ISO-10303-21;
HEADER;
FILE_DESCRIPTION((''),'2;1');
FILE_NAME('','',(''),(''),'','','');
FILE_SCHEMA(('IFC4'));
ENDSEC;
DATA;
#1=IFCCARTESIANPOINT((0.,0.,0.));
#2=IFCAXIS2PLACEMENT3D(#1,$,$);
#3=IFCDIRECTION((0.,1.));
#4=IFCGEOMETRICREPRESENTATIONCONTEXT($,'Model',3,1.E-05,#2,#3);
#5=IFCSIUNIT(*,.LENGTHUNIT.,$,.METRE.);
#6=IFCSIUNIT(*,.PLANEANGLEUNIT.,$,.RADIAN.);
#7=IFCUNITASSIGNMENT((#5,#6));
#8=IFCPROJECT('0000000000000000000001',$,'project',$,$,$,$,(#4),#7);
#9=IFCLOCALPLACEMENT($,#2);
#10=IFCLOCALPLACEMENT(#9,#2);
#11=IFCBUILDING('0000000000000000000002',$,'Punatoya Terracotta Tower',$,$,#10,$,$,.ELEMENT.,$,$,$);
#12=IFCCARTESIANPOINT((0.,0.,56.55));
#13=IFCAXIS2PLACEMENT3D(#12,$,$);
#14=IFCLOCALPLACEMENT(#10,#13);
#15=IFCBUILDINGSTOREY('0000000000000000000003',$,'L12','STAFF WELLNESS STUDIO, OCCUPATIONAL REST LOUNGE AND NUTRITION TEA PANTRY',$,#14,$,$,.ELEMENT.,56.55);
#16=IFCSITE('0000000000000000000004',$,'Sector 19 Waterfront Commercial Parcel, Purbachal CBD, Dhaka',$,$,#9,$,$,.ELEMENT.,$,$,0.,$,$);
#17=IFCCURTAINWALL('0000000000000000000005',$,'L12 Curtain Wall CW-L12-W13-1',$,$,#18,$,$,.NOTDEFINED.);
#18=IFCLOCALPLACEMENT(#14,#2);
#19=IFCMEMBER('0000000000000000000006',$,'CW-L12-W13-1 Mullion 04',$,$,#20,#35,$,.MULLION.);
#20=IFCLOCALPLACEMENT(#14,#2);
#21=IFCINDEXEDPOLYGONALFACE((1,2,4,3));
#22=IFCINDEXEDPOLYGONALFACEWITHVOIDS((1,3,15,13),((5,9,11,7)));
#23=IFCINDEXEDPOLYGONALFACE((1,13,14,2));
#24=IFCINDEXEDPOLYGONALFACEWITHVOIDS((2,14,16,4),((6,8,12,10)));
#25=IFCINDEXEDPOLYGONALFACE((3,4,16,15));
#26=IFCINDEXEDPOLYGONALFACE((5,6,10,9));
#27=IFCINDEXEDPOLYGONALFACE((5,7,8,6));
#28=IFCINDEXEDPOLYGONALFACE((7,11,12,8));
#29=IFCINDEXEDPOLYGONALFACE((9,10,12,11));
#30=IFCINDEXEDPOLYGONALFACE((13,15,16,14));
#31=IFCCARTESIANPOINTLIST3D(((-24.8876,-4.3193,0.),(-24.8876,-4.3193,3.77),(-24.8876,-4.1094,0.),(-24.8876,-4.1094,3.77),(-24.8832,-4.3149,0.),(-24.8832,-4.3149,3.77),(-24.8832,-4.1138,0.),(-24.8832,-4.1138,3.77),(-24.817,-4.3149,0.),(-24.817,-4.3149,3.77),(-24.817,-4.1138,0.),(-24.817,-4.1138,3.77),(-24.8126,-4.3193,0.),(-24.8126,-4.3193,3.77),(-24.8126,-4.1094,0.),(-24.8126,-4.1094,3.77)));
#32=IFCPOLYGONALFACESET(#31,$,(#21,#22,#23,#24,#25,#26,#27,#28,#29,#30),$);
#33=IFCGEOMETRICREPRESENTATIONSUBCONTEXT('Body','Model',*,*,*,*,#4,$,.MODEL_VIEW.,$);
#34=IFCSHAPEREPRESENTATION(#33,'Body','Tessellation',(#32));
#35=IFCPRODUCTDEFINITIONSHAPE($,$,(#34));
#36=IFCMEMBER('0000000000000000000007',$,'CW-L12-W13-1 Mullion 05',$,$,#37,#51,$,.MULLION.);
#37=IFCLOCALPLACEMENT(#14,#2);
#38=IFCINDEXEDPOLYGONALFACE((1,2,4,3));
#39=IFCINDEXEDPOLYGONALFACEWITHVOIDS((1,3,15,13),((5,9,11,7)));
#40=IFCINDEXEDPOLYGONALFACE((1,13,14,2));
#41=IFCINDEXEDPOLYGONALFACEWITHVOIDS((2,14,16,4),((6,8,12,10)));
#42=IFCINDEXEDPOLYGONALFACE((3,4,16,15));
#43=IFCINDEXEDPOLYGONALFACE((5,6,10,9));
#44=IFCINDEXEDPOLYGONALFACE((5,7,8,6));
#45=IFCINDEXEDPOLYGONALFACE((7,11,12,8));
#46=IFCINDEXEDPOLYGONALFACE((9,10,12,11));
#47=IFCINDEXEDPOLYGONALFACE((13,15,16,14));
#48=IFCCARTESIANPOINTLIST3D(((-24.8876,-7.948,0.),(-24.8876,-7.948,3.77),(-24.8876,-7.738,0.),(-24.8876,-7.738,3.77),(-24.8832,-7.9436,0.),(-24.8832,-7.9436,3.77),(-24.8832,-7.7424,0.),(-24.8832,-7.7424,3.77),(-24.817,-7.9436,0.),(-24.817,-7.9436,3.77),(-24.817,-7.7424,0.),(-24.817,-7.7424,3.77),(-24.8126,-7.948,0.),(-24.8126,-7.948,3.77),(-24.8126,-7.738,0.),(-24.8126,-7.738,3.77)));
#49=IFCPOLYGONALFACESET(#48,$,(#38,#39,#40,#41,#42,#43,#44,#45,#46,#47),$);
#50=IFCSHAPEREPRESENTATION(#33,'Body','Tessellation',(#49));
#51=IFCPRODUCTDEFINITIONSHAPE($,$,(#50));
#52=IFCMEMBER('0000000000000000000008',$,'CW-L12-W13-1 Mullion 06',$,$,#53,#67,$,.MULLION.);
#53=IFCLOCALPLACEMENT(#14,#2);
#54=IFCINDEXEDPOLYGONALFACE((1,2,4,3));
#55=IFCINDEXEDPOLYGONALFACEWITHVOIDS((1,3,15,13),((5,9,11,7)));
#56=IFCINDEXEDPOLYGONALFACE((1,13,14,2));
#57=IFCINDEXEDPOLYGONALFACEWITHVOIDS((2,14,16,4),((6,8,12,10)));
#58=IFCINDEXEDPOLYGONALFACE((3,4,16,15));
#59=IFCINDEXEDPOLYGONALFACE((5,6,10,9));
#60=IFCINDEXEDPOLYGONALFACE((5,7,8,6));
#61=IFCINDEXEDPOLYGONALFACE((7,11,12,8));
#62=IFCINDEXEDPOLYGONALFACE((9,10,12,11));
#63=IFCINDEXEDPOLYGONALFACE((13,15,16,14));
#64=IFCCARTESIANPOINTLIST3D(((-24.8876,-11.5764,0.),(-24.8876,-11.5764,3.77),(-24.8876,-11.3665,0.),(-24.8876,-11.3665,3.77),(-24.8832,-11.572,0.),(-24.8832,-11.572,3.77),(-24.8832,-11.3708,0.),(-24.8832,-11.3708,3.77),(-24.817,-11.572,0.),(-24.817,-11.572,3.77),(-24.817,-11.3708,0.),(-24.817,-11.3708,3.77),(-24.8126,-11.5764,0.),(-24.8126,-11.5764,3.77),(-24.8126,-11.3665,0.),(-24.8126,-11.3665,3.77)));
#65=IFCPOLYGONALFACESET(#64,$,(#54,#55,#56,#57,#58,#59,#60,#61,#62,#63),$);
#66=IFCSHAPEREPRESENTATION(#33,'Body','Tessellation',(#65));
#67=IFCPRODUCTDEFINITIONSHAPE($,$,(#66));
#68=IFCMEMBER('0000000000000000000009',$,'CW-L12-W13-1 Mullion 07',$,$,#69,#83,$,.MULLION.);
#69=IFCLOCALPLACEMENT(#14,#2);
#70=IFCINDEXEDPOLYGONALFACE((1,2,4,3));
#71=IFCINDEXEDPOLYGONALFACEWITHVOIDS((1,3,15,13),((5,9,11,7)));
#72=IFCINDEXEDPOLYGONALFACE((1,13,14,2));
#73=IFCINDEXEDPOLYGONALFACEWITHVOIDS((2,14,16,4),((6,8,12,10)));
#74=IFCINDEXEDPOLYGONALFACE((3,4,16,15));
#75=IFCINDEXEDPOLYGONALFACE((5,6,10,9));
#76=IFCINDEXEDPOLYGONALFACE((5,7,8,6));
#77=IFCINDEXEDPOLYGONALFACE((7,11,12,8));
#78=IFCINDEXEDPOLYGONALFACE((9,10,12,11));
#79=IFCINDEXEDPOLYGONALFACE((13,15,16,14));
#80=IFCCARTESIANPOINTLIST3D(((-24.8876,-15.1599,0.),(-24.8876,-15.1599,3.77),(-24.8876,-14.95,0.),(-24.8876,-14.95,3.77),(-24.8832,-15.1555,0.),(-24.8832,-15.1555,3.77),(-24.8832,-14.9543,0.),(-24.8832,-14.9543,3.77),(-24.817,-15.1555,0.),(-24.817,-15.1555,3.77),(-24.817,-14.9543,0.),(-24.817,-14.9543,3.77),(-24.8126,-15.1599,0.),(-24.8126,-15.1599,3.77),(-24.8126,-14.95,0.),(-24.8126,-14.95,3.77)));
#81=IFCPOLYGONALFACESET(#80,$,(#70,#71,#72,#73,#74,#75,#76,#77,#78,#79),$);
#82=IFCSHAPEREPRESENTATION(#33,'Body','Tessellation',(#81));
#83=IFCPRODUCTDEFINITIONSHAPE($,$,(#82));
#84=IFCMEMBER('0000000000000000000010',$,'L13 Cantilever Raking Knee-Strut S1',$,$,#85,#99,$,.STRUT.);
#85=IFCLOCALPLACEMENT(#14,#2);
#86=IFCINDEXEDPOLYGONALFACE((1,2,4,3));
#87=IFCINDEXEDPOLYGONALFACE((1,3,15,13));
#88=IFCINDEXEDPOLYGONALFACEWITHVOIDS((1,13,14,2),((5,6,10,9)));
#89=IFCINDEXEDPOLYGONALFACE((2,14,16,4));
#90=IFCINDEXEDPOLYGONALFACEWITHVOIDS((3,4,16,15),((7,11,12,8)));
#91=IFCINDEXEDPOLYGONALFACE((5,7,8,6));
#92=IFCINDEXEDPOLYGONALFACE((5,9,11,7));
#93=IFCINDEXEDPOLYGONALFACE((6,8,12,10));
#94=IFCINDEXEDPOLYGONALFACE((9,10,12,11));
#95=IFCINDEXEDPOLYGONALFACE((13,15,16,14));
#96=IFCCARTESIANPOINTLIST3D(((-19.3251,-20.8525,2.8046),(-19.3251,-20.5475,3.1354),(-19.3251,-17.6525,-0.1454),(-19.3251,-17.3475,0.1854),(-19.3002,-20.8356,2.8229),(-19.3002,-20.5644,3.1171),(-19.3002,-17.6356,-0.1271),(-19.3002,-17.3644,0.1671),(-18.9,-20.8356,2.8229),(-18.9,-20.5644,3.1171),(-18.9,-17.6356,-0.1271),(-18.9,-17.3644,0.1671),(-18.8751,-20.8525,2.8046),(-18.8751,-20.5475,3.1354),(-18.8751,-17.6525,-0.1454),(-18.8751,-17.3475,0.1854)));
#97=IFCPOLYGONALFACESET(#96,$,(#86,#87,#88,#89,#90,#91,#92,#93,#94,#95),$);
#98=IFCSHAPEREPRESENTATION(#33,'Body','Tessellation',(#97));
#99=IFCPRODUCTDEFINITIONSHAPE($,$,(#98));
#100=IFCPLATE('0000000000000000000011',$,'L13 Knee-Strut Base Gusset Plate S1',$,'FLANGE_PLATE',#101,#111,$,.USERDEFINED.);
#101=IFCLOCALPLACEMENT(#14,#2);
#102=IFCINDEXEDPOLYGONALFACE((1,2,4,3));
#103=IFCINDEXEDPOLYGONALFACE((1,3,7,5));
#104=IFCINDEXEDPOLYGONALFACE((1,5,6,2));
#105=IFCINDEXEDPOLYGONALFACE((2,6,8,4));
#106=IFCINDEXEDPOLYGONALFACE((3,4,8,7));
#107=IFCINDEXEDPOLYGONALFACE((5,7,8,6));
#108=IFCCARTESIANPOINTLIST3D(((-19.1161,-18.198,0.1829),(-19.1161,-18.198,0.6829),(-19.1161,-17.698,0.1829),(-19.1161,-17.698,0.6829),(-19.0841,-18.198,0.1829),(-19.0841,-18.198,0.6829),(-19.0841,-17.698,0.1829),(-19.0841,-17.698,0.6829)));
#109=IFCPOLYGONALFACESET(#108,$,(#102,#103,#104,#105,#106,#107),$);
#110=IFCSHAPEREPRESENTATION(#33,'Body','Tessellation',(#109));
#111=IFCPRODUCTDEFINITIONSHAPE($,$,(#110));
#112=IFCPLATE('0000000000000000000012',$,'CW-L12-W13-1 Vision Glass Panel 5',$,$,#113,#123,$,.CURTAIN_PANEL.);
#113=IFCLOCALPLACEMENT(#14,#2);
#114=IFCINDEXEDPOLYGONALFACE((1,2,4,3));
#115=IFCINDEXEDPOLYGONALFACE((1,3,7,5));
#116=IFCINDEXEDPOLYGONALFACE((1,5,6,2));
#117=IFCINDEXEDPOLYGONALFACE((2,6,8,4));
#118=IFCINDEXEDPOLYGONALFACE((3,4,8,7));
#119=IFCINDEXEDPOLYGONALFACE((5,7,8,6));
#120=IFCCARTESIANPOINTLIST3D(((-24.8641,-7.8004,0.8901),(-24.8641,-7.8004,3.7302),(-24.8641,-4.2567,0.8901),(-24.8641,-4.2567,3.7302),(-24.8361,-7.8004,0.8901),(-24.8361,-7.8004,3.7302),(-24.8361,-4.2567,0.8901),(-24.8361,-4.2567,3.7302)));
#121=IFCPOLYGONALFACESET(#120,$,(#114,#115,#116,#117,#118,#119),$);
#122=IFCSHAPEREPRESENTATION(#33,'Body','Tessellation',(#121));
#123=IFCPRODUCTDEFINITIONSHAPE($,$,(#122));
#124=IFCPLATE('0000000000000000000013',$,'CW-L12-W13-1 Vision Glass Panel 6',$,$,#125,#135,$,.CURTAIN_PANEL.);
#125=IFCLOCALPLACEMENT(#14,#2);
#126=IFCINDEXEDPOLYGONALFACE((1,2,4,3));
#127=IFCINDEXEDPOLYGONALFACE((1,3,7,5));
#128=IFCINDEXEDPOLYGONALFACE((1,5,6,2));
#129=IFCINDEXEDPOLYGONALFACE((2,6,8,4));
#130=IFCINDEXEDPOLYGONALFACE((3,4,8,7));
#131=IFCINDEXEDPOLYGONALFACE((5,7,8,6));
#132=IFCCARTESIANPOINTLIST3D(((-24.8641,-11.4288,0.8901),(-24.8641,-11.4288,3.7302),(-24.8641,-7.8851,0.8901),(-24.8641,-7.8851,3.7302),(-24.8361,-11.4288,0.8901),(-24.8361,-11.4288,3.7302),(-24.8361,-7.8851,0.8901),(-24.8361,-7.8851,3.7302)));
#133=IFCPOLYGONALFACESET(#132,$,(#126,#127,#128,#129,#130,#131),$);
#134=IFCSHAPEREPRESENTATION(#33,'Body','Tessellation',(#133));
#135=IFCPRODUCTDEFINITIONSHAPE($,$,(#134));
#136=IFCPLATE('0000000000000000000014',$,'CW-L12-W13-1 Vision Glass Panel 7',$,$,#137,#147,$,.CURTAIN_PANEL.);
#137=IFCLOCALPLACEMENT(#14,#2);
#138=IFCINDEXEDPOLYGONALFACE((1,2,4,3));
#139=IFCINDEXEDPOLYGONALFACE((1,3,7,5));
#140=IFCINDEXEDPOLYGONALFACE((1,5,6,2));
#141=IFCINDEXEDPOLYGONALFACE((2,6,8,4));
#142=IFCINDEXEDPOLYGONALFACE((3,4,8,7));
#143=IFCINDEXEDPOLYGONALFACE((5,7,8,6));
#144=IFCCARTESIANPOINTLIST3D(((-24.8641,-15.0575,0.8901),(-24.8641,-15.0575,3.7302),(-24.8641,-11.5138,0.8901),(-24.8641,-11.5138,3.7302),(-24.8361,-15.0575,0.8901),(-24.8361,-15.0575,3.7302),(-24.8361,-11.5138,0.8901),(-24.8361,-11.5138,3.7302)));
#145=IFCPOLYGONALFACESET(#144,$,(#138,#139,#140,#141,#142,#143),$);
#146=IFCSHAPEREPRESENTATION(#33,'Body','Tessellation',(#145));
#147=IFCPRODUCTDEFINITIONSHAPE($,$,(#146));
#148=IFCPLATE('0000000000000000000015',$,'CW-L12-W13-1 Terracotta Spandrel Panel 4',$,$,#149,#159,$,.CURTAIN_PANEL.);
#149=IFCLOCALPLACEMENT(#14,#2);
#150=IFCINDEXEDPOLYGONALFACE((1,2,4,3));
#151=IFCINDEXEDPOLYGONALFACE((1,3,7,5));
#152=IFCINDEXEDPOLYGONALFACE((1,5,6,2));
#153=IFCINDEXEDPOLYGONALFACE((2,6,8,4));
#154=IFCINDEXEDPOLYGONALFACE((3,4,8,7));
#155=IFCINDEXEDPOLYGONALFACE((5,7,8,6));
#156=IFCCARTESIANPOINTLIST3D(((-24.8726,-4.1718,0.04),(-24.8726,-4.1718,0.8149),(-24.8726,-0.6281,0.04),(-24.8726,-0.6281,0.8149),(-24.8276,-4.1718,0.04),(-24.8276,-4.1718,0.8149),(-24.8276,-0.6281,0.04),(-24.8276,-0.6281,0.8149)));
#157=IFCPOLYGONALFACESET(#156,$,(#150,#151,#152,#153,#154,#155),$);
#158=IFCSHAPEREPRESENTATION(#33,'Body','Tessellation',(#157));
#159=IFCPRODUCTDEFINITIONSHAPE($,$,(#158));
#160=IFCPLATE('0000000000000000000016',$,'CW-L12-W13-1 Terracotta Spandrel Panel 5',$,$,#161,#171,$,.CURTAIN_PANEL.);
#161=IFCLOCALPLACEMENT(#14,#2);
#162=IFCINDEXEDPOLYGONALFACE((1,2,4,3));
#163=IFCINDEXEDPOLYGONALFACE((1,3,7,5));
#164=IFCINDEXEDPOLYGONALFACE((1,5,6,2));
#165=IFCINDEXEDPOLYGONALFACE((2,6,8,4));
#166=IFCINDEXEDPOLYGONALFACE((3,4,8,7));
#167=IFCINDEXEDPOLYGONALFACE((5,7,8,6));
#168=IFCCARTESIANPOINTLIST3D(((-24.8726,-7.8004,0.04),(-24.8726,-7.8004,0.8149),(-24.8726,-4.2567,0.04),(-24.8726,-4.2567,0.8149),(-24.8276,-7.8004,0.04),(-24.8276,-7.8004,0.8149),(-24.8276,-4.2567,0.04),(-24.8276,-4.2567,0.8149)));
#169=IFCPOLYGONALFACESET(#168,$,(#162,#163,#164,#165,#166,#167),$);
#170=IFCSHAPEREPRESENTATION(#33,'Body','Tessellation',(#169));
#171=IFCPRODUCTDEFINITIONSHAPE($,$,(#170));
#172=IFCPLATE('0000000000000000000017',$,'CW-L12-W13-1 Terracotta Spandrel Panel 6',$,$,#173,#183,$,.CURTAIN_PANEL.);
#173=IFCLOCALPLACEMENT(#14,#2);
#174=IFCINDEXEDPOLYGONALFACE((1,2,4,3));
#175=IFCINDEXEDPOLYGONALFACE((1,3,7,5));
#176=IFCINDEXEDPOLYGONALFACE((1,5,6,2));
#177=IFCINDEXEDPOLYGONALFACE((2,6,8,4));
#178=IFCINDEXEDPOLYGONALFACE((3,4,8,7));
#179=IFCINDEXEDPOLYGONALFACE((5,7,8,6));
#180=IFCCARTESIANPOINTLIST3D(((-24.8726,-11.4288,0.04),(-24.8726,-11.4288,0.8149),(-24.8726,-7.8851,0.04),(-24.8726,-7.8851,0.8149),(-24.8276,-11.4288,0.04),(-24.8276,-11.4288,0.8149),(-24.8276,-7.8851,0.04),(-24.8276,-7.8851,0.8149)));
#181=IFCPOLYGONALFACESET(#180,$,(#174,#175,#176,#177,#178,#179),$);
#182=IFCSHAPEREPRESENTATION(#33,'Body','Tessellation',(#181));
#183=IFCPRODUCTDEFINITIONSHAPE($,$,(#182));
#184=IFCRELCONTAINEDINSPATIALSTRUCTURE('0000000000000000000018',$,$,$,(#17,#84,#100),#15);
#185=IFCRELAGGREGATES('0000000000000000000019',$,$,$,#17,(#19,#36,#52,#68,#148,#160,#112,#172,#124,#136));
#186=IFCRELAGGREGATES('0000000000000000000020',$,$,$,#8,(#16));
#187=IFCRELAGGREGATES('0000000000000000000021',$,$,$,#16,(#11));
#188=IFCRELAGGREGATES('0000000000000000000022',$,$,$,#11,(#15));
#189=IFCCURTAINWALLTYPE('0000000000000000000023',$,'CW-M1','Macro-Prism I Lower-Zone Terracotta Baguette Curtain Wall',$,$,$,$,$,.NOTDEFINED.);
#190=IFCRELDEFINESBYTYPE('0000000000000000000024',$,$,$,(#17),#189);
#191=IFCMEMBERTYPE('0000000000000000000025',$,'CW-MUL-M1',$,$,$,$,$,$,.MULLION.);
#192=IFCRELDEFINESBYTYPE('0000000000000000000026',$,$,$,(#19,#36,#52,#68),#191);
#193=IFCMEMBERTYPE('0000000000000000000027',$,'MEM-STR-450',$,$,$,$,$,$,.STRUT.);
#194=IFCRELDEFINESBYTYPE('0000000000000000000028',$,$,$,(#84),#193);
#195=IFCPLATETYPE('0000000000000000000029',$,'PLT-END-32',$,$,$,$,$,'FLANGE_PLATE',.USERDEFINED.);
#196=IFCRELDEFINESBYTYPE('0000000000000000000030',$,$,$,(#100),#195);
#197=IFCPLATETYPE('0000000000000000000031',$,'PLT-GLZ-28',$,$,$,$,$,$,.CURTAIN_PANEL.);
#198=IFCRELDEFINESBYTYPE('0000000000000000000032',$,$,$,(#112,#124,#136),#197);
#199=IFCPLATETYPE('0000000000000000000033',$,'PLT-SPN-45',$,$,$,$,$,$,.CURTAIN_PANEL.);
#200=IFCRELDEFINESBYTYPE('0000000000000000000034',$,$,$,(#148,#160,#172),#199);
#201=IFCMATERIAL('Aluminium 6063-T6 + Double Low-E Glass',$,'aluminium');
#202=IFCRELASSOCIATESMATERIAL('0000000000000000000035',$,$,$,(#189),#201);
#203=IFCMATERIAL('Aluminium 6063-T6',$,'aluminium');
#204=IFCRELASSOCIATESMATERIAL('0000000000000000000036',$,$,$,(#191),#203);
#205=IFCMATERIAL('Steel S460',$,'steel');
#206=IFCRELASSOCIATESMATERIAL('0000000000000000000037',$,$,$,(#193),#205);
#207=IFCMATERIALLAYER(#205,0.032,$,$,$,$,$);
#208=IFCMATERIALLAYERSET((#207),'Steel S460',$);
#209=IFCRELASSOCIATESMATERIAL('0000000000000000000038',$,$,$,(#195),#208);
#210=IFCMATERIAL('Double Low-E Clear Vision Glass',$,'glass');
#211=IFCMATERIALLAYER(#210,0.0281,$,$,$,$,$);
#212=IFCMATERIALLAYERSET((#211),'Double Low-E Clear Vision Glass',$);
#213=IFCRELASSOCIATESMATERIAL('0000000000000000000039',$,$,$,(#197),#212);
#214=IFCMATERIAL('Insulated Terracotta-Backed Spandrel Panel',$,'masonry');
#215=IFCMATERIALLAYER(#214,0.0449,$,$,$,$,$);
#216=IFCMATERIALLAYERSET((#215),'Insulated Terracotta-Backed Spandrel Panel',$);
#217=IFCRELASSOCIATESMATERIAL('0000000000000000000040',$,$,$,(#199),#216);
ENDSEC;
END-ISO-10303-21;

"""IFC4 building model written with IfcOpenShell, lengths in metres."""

from ifc_helpers import new_model, si_unit, direction, frame, origin, origin_2d, place, context, subcontext, project, spatial, rectangle, hollow_rectangle, extrude, material, layer, layer_set, material_profile, profile_set, type_object, element, aggregate, save


model = new_model("IFC4")

# Units and contexts
model_context = context("Model", 3, precision=1e-05, world=origin(), true_north=direction((0.0, 1.0)))
body_context = subcontext(model_context, "Body", "Model", "MODEL_VIEW")
ifc_project = project(units=[si_unit("LENGTHUNIT", "METRE"), si_unit("PLANEANGLEUNIT", "RADIAN")], contexts=[model_context])

# Site, building, storey
site_placement = place(None, origin())
site = spatial("IfcSite", under=ifc_project, at=site_placement, Name="Sector 19 Waterfront Commercial Parcel, Purbachal CBD, Dhaka", CompositionType="ELEMENT", RefElevation=0.0)
building_placement = place(site_placement, origin())
building = spatial("IfcBuilding", under=site, at=building_placement, Name="Punatoya Terracotta Tower", CompositionType="ELEMENT")
storey_placement = place(building_placement, frame((0.0, 0.0, 56.55)))
storey = spatial("IfcBuildingStorey", under=building, at=storey_placement, Name="L12", Description="STAFF WELLNESS STUDIO, OCCUPATIONAL REST LOUNGE AND NUTRITION TEA PANTRY", CompositionType="ELEMENT", Elevation=56.55)

# Shared definitions
ifc_material_1 = material(Name="Steel S460", Category="steel")

# Curtain wall, members
ifc_material_2 = material(Name="Aluminium 6063-T6 + Double Low-E Glass", Category="aluminium")
curtain_wall_type = type_object("IfcCurtainWallType", Name="CW-M1", Description="Macro-Prism I Lower-Zone Terracotta Baguette Curtain Wall", PredefinedType="NOTDEFINED", material=ifc_material_2)
curtain_wall_placement = place(storey_placement, origin())
curtain_wall = element("IfcCurtainWall", 1, at=curtain_wall_placement, inside=storey, type_object=curtain_wall_type, Name="L12 Curtain Wall CW-L12-W13-1", PredefinedType="NOTDEFINED")
ifc_material_3 = material(Name="Aluminium 6063-T6", Category="aluminium")
ifc_material_profile_1 = material_profile(ifc_material_3, hollow_rectangle(XDim=0.075, YDim=0.21, WallThickness=0.0044, at=origin_2d()))
ifc_profile_set_1 = profile_set([ifc_material_profile_1], Name="Aluminium 6063-T6")
member_type_1 = type_object("IfcMemberType", Name="CW-MUL-M1", PredefinedType="MULLION", material=ifc_profile_set_1)
member_1_placement = place(storey_placement, frame((-24.8501, -4.2144, 0.0), z_axis=(0.0, 0.0, 1.0), x_axis=(1.0, 0.0, 0.0)))
member_1 = element("IfcMember", 2, at=member_1_placement, type_object=member_type_1, Name="CW-L12-W13-1 Mullion 04", PredefinedType="MULLION", context=body_context, shape_type="SweptSolid", body=[
    extrude(hollow_rectangle(XDim=0.075, YDim=0.21, WallThickness=0.0044, at=origin_2d()), origin(), (0.0, 0.0, 1.0), 3.77),
])
member_2_placement = place(storey_placement, frame((-24.8501, -7.843, 0.0), z_axis=(0.0, 0.0, 1.0), x_axis=(1.0, 0.0, 0.0)))
member_2 = element("IfcMember", 3, at=member_2_placement, type_object=member_type_1, Name="CW-L12-W13-1 Mullion 05", PredefinedType="MULLION", context=body_context, shape_type="SweptSolid", body=[
    extrude(hollow_rectangle(XDim=0.075, YDim=0.21, WallThickness=0.0044, at=origin_2d()), origin(), (0.0, 0.0, 1.0), 3.77),
])
member_3_placement = place(storey_placement, frame((-24.8501, -11.4714, 0.0), z_axis=(0.0, 0.0, 1.0), x_axis=(1.0, 0.0, 0.0)))
member_3 = element("IfcMember", 4, at=member_3_placement, type_object=member_type_1, Name="CW-L12-W13-1 Mullion 06", PredefinedType="MULLION", context=body_context, shape_type="SweptSolid", body=[
    extrude(hollow_rectangle(XDim=0.075, YDim=0.21, WallThickness=0.0044, at=origin_2d()), origin(), (0.0, 0.0, 1.0), 3.77),
])
member_4_placement = place(storey_placement, frame((-24.8501, -15.0549, 0.0), z_axis=(0.0, 0.0, 1.0), x_axis=(1.0, 0.0, 0.0)))
member_4 = element("IfcMember", 5, at=member_4_placement, type_object=member_type_1, Name="CW-L12-W13-1 Mullion 07", PredefinedType="MULLION", context=body_context, shape_type="SweptSolid", body=[
    extrude(hollow_rectangle(XDim=0.075, YDim=0.21, WallThickness=0.0044, at=origin_2d()), origin(), (0.0, 0.0, 1.0), 3.77),
])

# Member
ifc_material_profile_2 = material_profile(ifc_material_1, hollow_rectangle(XDim=0.45, YDim=0.45, WallThickness=0.0249, at=origin_2d()))
ifc_profile_set_2 = profile_set([ifc_material_profile_2], Name="Steel S460")
member_type_2 = type_object("IfcMemberType", Name="MEM-STR-450", PredefinedType="STRUT", material=ifc_profile_set_2)
member_5_placement = place(storey_placement, frame((-19.1001, -17.5, 0.02), z_axis=(0.0, -0.735244, 0.677802), x_axis=(1.0, 0.0, 0.0)))
element("IfcMember", 6, at=member_5_placement, inside=storey, type_object=member_type_2, Name="L13 Cantilever Raking Knee-Strut S1", PredefinedType="STRUT", context=body_context, shape_type="SweptSolid", body=[
    extrude(hollow_rectangle(XDim=0.45, YDim=0.45, WallThickness=0.0249, at=origin_2d()), origin(), (0.0, 0.0, 1.0), 4.3523),
])

# Plates
ifc_layer_1 = layer(ifc_material_1, 0.032)
ifc_layer_set_1 = layer_set([ifc_layer_1], Name="Steel S460")
plate_type_1 = type_object("IfcPlateType", Name="PLT-END-32", ElementType="FLANGE_PLATE", PredefinedType="USERDEFINED", material=ifc_layer_set_1)
plate_1_placement = place(storey_placement, frame((-19.1001, -17.948, 0.1829), z_axis=(0.0, 0.0, 1.0), x_axis=(0.0, 1.0, 0.0)))
element("IfcPlate", 7, at=plate_1_placement, inside=storey, type_object=plate_type_1, Name="L13 Knee-Strut Base Gusset Plate S1", ObjectType="FLANGE_PLATE", PredefinedType="USERDEFINED", context=body_context, shape_type="SweptSolid", body=[
    extrude(rectangle(XDim=0.5, YDim=0.032, at=origin_2d()), origin(), (0.0, 0.0, 1.0), 0.5),
])
ifc_material_4 = material(Name="Double Low-E Clear Vision Glass", Category="glass")
ifc_layer_2 = layer(ifc_material_4, 0.0281)
ifc_layer_set_2 = layer_set([ifc_layer_2], Name="Double Low-E Clear Vision Glass")
plate_type_2 = type_object("IfcPlateType", Name="PLT-GLZ-28", PredefinedType="CURTAIN_PANEL", material=ifc_layer_set_2)
plate_2_placement = place(storey_placement, frame((-24.8501, -6.0286, 0.8901), z_axis=(0.0, 0.0, 1.0), x_axis=(0.0, -1.0, 0.0)))
plate_2 = element("IfcPlate", 8, at=plate_2_placement, type_object=plate_type_2, Name="CW-L12-W13-1 Vision Glass Panel 5", PredefinedType="CURTAIN_PANEL", context=body_context, shape_type="SweptSolid", body=[
    extrude(rectangle(XDim=3.5437, YDim=0.0281, at=origin_2d()), origin(), (0.0, 0.0, 1.0), 2.8401),
])
plate_3_placement = place(storey_placement, frame((-24.8501, -9.657, 0.8901), z_axis=(0.0, 0.0, 1.0), x_axis=(0.0, -1.0, 0.0)))
plate_3 = element("IfcPlate", 9, at=plate_3_placement, type_object=plate_type_2, Name="CW-L12-W13-1 Vision Glass Panel 6", PredefinedType="CURTAIN_PANEL", context=body_context, shape_type="SweptSolid", body=[
    extrude(rectangle(XDim=3.5437, YDim=0.0281, at=origin_2d()), origin(), (0.0, 0.0, 1.0), 2.8401),
])
plate_4_placement = place(storey_placement, frame((-24.8501, -13.2856, 0.8901), z_axis=(0.0, 0.0, 1.0), x_axis=(0.0, -1.0, 0.0)))
plate_4 = element("IfcPlate", 10, at=plate_4_placement, type_object=plate_type_2, Name="CW-L12-W13-1 Vision Glass Panel 7", PredefinedType="CURTAIN_PANEL", context=body_context, shape_type="SweptSolid", body=[
    extrude(rectangle(XDim=3.5437, YDim=0.0281, at=origin_2d()), origin(), (0.0, 0.0, 1.0), 2.8401),
])
ifc_material_5 = material(Name="Insulated Terracotta-Backed Spandrel Panel", Category="masonry")
ifc_layer_3 = layer(ifc_material_5, 0.0449)
ifc_layer_set_3 = layer_set([ifc_layer_3], Name="Insulated Terracotta-Backed Spandrel Panel")
plate_type_3 = type_object("IfcPlateType", Name="PLT-SPN-45", PredefinedType="CURTAIN_PANEL", material=ifc_layer_set_3)
plate_5_placement = place(storey_placement, frame((-24.8501, -2.3999, 0.04), z_axis=(0.0, 0.0, 1.0), x_axis=(0.0, -1.0, 0.0)))
plate_5 = element("IfcPlate", 11, at=plate_5_placement, type_object=plate_type_3, Name="CW-L12-W13-1 Terracotta Spandrel Panel 4", PredefinedType="CURTAIN_PANEL", context=body_context, shape_type="SweptSolid", body=[
    extrude(rectangle(XDim=3.5437, YDim=0.0449, at=origin_2d()), origin(), (0.0, 0.0, 1.0), 0.7749),
])
plate_6_placement = place(storey_placement, frame((-24.8501, -6.0286, 0.04), z_axis=(0.0, 0.0, 1.0), x_axis=(0.0, -1.0, 0.0)))
plate_6 = element("IfcPlate", 12, at=plate_6_placement, type_object=plate_type_3, Name="CW-L12-W13-1 Terracotta Spandrel Panel 5", PredefinedType="CURTAIN_PANEL", context=body_context, shape_type="SweptSolid", body=[
    extrude(rectangle(XDim=3.5437, YDim=0.0449, at=origin_2d()), origin(), (0.0, 0.0, 1.0), 0.7749),
])
plate_7_placement = place(storey_placement, frame((-24.8501, -9.657, 0.04), z_axis=(0.0, 0.0, 1.0), x_axis=(0.0, -1.0, 0.0)))
plate_7 = element("IfcPlate", 13, at=plate_7_placement, type_object=plate_type_3, Name="CW-L12-W13-1 Terracotta Spandrel Panel 6", PredefinedType="CURTAIN_PANEL", context=body_context, shape_type="SweptSolid", body=[
    extrude(rectangle(XDim=3.5437, YDim=0.0449, at=origin_2d()), origin(), (0.0, 0.0, 1.0), 0.7749),
])
aggregate(curtain_wall, [member_1, member_2, member_3, member_4, plate_5, plate_6, plate_2, plate_7, plate_3, plate_4])

save(model, "model.ifc")
